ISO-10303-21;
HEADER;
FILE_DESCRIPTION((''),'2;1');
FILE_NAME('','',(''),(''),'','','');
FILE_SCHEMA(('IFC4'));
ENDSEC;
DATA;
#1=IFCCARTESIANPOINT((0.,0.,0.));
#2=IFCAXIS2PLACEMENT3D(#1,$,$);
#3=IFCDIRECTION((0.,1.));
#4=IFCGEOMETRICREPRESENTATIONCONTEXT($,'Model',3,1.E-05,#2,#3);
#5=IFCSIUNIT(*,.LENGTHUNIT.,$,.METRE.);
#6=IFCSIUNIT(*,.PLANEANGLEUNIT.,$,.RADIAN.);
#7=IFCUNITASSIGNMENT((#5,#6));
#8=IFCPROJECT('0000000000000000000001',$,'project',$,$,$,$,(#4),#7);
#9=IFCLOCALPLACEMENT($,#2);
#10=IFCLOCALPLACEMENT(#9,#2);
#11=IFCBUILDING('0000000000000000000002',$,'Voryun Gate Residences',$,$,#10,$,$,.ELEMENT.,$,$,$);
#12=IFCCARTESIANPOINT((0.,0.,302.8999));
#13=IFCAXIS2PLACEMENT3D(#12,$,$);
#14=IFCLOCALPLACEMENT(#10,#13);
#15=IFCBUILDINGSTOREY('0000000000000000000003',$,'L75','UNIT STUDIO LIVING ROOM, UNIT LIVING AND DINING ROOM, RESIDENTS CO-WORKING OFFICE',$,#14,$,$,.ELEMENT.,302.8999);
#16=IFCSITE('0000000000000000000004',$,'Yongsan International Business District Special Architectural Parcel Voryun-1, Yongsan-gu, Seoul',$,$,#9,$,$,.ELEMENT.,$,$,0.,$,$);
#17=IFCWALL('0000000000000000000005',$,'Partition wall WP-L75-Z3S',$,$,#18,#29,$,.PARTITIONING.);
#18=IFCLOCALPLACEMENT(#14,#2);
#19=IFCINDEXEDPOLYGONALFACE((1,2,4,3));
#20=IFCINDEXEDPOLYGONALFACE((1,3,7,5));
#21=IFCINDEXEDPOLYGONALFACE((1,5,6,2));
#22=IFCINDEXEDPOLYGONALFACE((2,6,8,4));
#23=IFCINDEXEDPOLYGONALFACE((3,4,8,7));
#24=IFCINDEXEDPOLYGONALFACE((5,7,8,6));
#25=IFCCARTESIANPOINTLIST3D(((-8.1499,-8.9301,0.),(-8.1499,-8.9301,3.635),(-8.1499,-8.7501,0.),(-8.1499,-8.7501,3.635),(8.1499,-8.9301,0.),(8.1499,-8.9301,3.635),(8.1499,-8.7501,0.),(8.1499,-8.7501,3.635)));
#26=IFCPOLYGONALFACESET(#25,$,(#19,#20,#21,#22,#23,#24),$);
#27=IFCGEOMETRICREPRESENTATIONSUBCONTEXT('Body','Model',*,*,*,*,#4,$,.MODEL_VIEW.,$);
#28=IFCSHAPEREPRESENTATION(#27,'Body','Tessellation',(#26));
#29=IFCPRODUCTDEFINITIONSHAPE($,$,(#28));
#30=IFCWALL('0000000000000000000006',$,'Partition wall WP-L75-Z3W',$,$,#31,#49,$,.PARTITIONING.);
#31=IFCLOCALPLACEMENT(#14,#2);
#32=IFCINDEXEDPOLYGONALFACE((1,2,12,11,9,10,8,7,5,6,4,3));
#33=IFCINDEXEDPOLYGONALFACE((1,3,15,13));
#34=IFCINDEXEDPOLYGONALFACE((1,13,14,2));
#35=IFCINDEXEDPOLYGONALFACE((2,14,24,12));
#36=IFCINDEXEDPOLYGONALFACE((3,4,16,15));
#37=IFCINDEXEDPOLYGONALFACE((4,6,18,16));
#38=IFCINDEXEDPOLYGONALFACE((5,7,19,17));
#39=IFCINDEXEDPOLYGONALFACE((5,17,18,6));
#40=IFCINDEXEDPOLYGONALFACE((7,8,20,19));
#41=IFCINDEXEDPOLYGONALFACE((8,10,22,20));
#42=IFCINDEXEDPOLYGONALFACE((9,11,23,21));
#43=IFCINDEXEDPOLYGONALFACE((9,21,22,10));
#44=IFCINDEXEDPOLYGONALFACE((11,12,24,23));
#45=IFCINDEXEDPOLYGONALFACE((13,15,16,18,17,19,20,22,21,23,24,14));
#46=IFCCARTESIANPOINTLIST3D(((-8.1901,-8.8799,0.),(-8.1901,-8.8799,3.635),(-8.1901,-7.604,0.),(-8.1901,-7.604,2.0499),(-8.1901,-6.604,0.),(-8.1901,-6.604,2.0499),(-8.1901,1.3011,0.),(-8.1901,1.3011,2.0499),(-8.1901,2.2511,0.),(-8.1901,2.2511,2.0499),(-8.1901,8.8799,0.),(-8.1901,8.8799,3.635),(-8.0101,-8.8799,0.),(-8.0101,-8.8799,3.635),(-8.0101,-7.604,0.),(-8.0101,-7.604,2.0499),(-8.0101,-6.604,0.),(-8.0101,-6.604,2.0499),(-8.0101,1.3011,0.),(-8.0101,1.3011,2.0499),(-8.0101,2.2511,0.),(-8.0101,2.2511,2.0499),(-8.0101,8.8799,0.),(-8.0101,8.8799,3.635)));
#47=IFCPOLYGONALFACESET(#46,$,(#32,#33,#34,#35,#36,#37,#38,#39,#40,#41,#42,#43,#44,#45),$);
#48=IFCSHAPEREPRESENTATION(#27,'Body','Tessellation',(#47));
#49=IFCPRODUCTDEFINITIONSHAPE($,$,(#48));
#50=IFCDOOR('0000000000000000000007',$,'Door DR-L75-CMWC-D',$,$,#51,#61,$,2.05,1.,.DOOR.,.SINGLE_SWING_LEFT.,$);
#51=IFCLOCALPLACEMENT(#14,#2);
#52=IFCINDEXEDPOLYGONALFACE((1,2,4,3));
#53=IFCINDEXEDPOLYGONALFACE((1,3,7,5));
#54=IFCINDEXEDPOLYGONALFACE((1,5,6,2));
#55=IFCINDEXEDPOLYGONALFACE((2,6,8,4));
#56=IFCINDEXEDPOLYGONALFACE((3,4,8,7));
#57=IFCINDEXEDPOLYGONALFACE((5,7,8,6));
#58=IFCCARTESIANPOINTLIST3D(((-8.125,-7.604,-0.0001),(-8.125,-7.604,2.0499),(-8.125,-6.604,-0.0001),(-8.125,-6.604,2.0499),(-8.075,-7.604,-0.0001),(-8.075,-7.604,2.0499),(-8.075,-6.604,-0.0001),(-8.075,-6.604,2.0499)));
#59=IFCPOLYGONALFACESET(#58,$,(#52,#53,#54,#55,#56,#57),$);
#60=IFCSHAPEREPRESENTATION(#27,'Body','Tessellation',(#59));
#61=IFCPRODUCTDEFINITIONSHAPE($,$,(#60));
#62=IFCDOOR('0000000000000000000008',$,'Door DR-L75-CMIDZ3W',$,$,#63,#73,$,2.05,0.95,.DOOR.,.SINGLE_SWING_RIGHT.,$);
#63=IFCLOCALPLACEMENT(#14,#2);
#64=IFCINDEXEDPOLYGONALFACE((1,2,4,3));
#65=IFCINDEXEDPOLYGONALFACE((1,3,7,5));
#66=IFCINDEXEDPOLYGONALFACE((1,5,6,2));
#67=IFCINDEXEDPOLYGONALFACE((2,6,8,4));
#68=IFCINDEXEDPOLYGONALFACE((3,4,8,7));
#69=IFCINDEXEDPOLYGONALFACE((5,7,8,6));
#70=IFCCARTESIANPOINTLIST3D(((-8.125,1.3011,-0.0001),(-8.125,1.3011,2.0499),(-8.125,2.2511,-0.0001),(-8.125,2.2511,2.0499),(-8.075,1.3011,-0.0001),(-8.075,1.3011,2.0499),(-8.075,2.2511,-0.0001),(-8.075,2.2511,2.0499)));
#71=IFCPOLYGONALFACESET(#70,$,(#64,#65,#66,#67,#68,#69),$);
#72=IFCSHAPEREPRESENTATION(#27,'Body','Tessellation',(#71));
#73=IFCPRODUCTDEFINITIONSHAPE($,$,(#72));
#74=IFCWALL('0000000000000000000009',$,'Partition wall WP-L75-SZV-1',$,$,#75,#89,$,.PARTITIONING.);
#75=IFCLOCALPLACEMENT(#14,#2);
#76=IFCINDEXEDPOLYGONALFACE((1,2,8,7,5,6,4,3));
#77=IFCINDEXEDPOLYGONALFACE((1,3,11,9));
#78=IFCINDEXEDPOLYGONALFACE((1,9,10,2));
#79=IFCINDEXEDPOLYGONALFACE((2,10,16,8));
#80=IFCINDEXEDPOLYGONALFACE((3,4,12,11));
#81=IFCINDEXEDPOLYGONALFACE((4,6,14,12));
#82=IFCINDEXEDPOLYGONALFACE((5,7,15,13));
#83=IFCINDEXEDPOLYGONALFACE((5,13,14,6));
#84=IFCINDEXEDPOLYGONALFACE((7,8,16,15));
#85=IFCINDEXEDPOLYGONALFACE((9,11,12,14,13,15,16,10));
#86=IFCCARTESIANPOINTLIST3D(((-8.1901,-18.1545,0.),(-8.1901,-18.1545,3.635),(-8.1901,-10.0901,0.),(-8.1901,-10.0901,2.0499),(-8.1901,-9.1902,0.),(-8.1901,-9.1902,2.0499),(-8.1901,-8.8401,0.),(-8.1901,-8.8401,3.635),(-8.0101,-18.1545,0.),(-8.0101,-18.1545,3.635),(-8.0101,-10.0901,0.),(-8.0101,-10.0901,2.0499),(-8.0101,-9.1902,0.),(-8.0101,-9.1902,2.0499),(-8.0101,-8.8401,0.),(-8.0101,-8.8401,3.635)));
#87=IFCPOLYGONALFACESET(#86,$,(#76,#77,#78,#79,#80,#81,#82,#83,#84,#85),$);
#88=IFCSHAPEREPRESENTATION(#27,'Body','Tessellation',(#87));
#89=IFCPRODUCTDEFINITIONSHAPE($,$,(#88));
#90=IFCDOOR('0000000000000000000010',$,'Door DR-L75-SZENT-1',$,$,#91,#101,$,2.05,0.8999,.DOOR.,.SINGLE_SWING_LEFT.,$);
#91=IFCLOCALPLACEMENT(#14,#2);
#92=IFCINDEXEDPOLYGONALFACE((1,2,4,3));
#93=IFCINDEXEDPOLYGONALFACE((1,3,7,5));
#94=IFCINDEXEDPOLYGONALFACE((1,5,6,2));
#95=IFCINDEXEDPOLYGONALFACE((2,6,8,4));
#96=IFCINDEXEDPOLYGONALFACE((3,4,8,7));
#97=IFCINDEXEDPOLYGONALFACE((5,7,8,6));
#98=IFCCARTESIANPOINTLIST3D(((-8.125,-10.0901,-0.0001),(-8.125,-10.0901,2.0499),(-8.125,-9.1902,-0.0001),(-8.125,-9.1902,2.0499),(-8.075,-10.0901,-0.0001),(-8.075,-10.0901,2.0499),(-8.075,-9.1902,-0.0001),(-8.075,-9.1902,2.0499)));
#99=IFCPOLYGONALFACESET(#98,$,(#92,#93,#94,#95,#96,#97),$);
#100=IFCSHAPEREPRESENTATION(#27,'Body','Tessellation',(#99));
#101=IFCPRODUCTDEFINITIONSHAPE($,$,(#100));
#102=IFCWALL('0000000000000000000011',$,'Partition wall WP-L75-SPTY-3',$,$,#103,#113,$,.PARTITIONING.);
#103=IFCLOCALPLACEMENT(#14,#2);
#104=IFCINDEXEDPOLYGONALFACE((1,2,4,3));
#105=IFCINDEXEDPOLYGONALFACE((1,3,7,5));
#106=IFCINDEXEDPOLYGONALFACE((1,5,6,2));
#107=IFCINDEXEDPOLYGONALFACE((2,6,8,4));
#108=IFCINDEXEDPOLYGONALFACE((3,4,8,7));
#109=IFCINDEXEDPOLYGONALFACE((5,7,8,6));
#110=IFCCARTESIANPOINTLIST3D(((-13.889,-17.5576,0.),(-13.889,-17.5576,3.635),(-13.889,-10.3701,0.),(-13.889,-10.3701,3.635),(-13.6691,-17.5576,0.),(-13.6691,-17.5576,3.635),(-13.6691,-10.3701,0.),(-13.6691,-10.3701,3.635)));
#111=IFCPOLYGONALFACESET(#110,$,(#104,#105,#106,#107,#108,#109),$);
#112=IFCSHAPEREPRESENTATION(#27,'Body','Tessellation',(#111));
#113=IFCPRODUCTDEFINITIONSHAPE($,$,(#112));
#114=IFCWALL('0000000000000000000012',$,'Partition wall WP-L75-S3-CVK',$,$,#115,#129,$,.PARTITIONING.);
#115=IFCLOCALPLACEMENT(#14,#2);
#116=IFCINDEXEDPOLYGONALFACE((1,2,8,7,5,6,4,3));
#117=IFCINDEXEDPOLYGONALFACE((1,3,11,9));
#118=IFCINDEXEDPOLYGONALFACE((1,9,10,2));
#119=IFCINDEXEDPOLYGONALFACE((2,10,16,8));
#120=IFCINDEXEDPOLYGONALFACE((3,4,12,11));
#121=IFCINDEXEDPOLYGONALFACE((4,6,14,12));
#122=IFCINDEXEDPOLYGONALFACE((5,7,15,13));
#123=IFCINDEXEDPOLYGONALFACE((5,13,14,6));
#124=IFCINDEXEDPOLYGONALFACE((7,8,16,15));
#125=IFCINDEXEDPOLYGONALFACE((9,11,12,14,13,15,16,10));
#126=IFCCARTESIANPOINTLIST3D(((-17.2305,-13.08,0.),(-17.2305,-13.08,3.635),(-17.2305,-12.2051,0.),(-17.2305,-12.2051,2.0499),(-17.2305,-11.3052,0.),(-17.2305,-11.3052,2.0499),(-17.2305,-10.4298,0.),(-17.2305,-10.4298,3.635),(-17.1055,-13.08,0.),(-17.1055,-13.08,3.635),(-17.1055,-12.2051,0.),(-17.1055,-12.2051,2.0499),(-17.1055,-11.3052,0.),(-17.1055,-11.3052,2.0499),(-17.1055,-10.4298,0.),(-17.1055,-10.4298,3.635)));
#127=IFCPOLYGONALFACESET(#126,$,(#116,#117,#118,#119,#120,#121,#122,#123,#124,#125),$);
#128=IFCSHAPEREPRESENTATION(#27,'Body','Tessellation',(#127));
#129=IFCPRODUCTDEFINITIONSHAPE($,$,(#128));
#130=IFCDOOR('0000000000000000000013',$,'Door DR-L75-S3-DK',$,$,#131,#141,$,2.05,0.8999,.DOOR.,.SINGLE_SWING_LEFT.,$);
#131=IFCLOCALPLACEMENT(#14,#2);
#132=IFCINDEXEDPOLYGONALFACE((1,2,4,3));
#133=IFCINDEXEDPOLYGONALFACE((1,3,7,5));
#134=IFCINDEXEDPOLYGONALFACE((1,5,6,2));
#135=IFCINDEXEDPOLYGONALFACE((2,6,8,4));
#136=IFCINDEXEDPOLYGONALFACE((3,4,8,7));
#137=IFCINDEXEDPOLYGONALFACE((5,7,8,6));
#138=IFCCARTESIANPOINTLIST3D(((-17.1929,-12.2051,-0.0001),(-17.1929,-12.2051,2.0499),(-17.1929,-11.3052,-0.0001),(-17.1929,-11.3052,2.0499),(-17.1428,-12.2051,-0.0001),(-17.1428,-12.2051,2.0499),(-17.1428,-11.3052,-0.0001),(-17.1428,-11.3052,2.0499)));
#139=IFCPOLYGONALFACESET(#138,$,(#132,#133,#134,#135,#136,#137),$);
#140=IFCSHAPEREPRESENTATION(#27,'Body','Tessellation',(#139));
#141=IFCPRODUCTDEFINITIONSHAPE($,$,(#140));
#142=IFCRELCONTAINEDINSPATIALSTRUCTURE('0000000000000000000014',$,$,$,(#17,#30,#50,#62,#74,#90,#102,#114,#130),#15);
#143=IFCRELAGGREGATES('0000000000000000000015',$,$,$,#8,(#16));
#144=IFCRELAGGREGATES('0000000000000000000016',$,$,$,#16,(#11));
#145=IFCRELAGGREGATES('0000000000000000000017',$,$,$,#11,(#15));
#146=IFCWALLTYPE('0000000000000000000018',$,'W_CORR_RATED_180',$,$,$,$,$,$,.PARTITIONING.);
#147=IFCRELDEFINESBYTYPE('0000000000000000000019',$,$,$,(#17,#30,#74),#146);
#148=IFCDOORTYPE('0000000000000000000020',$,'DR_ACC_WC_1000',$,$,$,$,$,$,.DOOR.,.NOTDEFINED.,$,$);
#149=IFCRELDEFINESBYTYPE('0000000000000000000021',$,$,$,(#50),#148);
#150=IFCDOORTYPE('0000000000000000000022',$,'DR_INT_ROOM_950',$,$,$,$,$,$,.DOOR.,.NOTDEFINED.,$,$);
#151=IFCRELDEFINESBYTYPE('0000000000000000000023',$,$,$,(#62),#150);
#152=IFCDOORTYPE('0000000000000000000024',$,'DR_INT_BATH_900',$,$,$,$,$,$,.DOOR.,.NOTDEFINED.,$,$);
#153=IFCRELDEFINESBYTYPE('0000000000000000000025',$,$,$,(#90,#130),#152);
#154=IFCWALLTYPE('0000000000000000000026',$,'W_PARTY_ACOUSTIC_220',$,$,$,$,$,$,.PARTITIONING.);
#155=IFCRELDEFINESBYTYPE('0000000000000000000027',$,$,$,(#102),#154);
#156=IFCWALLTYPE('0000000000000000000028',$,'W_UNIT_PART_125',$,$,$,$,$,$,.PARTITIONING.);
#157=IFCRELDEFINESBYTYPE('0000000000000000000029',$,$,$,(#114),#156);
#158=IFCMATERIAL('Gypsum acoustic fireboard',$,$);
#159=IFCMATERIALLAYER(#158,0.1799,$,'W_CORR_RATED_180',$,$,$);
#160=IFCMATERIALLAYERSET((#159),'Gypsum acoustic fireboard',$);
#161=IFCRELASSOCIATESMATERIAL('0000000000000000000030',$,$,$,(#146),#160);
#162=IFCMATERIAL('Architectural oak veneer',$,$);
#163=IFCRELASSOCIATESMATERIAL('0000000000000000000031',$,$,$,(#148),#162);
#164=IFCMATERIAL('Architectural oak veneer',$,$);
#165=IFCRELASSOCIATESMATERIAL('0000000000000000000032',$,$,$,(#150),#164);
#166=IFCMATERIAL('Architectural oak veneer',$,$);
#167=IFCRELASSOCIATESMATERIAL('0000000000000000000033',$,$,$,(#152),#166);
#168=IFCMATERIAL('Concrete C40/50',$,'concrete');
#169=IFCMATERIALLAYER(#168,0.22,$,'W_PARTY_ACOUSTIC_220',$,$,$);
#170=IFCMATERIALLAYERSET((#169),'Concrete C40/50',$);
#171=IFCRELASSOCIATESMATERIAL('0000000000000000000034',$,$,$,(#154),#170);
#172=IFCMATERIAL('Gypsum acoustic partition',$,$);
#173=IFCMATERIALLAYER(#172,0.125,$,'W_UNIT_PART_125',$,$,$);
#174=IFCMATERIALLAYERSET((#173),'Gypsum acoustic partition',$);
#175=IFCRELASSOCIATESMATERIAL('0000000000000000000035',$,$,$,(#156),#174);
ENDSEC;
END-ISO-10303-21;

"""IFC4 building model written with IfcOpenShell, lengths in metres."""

from ifc_helpers import new_model, si_unit, direction, frame, frame_2d, origin, place, context, subcontext, project, spatial, rectangle, extrude, material, layer, layer_set, type_object, element, fill, save


model = new_model("IFC4")

# Units and contexts
model_context = context("Model", 3, precision=1e-05, world=origin(), true_north=direction((0.0, 1.0)))
body_context = subcontext(model_context, "Body", "Model", "MODEL_VIEW")
ifc_project = project(units=[si_unit("LENGTHUNIT", "METRE"), si_unit("PLANEANGLEUNIT", "RADIAN")], contexts=[model_context])

# Site, building, storey
site_placement = place(None, origin())
site = spatial("IfcSite", under=ifc_project, at=site_placement, Name="Yongsan International Business District Special Architectural Parcel Voryun-1, Yongsan-gu, Seoul", CompositionType="ELEMENT", RefElevation=0.0)
building_placement = place(site_placement, origin())
building = spatial("IfcBuilding", under=site, at=building_placement, Name="Voryun Gate Residences", CompositionType="ELEMENT")
storey_placement = place(building_placement, frame((0.0, 0.0, 302.8999)))
storey = spatial("IfcBuildingStorey", under=building, at=storey_placement, Name="L75", Description="UNIT STUDIO LIVING ROOM, UNIT LIVING AND DINING ROOM, RESIDENTS CO-WORKING OFFICE", CompositionType="ELEMENT", Elevation=302.8999)

# Shared definitions
ifc_material_1 = material(Name="Gypsum acoustic fireboard")
ifc_layer_1 = layer(ifc_material_1, 0.1799, Name="W_CORR_RATED_180")
ifc_layer_set_1 = layer_set([ifc_layer_1], Name="Gypsum acoustic fireboard")
wall_type_1 = type_object("IfcWallType", Name="W_CORR_RATED_180", PredefinedType="PARTITIONING", material=ifc_layer_set_1)

# Wall
wall_1_placement = place(storey_placement, frame((-8.1499, -8.8401, 0.0), z_axis=(0.0, 0.0, 1.0), x_axis=(1.0, 0.0, 0.0)))
element("IfcWall", 1, at=wall_1_placement, inside=storey, type_object=wall_type_1, Name="Partition wall WP-L75-Z3S", PredefinedType="PARTITIONING", context=body_context, shape_type="SweptSolid", body=[
    extrude(rectangle(XDim=16.2998, YDim=0.1799, at=frame_2d((8.1499, 0.0))), origin(), (0.0, 0.0, 1.0), 3.635),
])

# Wall, openings, doors
wall_2_placement = place(storey_placement, frame((-8.1001, -8.8799, 0.0), z_axis=(0.0, 0.0, 1.0), x_axis=(0.0, 1.0, 0.0)))
wall_2 = element("IfcWall", 2, at=wall_2_placement, inside=storey, type_object=wall_type_1, Name="Partition wall WP-L75-Z3W", PredefinedType="PARTITIONING", context=body_context, shape_type="SweptSolid", body=[
    extrude(rectangle(XDim=17.7598, YDim=0.1799, at=frame_2d((8.8799, 0.0))), origin(), (0.0, 0.0, 1.0), 3.635),
])
opening_1_placement = place(wall_2_placement, frame((1.2759, 0.0, 0.0)))
opening_1 = element("IfcOpeningElement", 3, at=opening_1_placement, cuts=wall_2, PredefinedType="OPENING", context=body_context, shape_type="SweptSolid", body=[
    extrude(rectangle(XDim=1.0, YDim=2.05, at=frame_2d((0.5, 1.0249))), frame((0.0, 0.0999, 0.0), z_axis=(0.0, -1.0, 0.0), x_axis=(1.0, 0.0, 0.0)), (0.0, 0.0, 1.0), 0.2),
])
opening_2_placement = place(wall_2_placement, frame((10.1809, 0.0, 0.0)))
opening_2 = element("IfcOpeningElement", 4, at=opening_2_placement, cuts=wall_2, PredefinedType="OPENING", context=body_context, shape_type="SweptSolid", body=[
    extrude(rectangle(XDim=0.95, YDim=2.05, at=frame_2d((0.4751, 1.0249))), frame((0.0, 0.0999, 0.0), z_axis=(0.0, -1.0, 0.0), x_axis=(1.0, 0.0, 0.0)), (0.0, 0.0, 1.0), 0.2),
])
ifc_material_2 = material(Name="Architectural oak veneer")
door_type_1 = type_object("IfcDoorType", Name="DR_ACC_WC_1000", OperationType="NOTDEFINED", PredefinedType="DOOR", material=ifc_material_2)
door_1_placement = place(opening_1_placement, origin())
door_1 = element("IfcDoor", 5, at=door_1_placement, inside=storey, type_object=door_type_1, Name="Door DR-L75-CMWC-D", OperationType="SINGLE_SWING_LEFT", OverallHeight=2.05, OverallWidth=1.0, PredefinedType="DOOR", context=body_context, shape_type="SweptSolid", body=[
    extrude(rectangle(XDim=1.0, YDim=2.05, at=frame_2d((0.5, 1.0249))), frame((0.0, 0.0249, 0.0), z_axis=(0.0, -1.0, 0.0), x_axis=(1.0, 0.0, 0.0)), (0.0, 0.0, 1.0), 0.05),
])
fill(opening_1, door_1)
ifc_material_3 = material(Name="Architectural oak veneer")
door_type_2 = type_object("IfcDoorType", Name="DR_INT_ROOM_950", OperationType="NOTDEFINED", PredefinedType="DOOR", material=ifc_material_3)
door_2_placement = place(opening_2_placement, origin())
door_2 = element("IfcDoor", 6, at=door_2_placement, inside=storey, type_object=door_type_2, Name="Door DR-L75-CMIDZ3W", OperationType="SINGLE_SWING_RIGHT", OverallHeight=2.05, OverallWidth=0.95, PredefinedType="DOOR", context=body_context, shape_type="SweptSolid", body=[
    extrude(rectangle(XDim=0.95, YDim=2.05, at=frame_2d((0.4751, 1.0249))), frame((0.0, 0.0249, 0.0), z_axis=(0.0, -1.0, 0.0), x_axis=(1.0, 0.0, 0.0)), (0.0, 0.0, 1.0), 0.05),
])
fill(opening_2, door_2)

# Wall, opening, door
wall_3_placement = place(storey_placement, frame((-8.1001, -18.1545, 0.0), z_axis=(0.0, 0.0, 1.0), x_axis=(0.0, 1.0, 0.0)))
wall_3 = element("IfcWall", 7, at=wall_3_placement, inside=storey, type_object=wall_type_1, Name="Partition wall WP-L75-SZV-1", PredefinedType="PARTITIONING", context=body_context, shape_type="SweptSolid", body=[
    extrude(rectangle(XDim=9.3145, YDim=0.1799, at=frame_2d((4.6572, 0.0))), origin(), (0.0, 0.0, 1.0), 3.635),
])
opening_3_placement = place(wall_3_placement, frame((8.0645, 0.0, 0.0)))
opening_3 = element("IfcOpeningElement", 8, at=opening_3_placement, cuts=wall_3, PredefinedType="OPENING", context=body_context, shape_type="SweptSolid", body=[
    extrude(rectangle(XDim=0.8999, YDim=2.05, at=frame_2d((0.45, 1.0249))), frame((0.0, 0.0999, 0.0), z_axis=(0.0, -1.0, 0.0), x_axis=(1.0, 0.0, 0.0)), (0.0, 0.0, 1.0), 0.2),
])
ifc_material_4 = material(Name="Architectural oak veneer")
door_type_3 = type_object("IfcDoorType", Name="DR_INT_BATH_900", OperationType="NOTDEFINED", PredefinedType="DOOR", material=ifc_material_4)
door_3_placement = place(opening_3_placement, origin())
door_3 = element("IfcDoor", 9, at=door_3_placement, inside=storey, type_object=door_type_3, Name="Door DR-L75-SZENT-1", OperationType="SINGLE_SWING_LEFT", OverallHeight=2.05, OverallWidth=0.8999, PredefinedType="DOOR", context=body_context, shape_type="SweptSolid", body=[
    extrude(rectangle(XDim=0.8999, YDim=2.05, at=frame_2d((0.45, 1.0249))), frame((0.0, 0.0249, 0.0), z_axis=(0.0, -1.0, 0.0), x_axis=(1.0, 0.0, 0.0)), (0.0, 0.0, 1.0), 0.05),
])
fill(opening_3, door_3)

# Wall
ifc_material_5 = material(Name="Concrete C40/50", Category="concrete")
ifc_layer_2 = layer(ifc_material_5, 0.22, Name="W_PARTY_ACOUSTIC_220")
ifc_layer_set_2 = layer_set([ifc_layer_2], Name="Concrete C40/50")
wall_type_2 = type_object("IfcWallType", Name="W_PARTY_ACOUSTIC_220", PredefinedType="PARTITIONING", material=ifc_layer_set_2)
wall_4_placement = place(storey_placement, frame((-13.7791, -17.5576, 0.0), z_axis=(0.0, 0.0, 1.0), x_axis=(0.0, 1.0, 0.0)))
element("IfcWall", 10, at=wall_4_placement, inside=storey, type_object=wall_type_2, Name="Partition wall WP-L75-SPTY-3", PredefinedType="PARTITIONING", context=body_context, shape_type="SweptSolid", body=[
    extrude(rectangle(XDim=7.1875, YDim=0.22, at=frame_2d((3.5938, 0.0))), origin(), (0.0, 0.0, 1.0), 3.635),
])

# Wall, opening, door
ifc_material_6 = material(Name="Gypsum acoustic partition")
ifc_layer_3 = layer(ifc_material_6, 0.125, Name="W_UNIT_PART_125")
ifc_layer_set_3 = layer_set([ifc_layer_3], Name="Gypsum acoustic partition")
wall_type_3 = type_object("IfcWallType", Name="W_UNIT_PART_125", PredefinedType="PARTITIONING", material=ifc_layer_set_3)
wall_5_placement = place(storey_placement, frame((-17.168, -13.0801, 0.0), z_axis=(0.0, 0.0, 1.0), x_axis=(0.0, 1.0, 0.0)))
wall_5 = element("IfcWall", 11, at=wall_5_placement, inside=storey, type_object=wall_type_3, Name="Partition wall WP-L75-S3-CVK", PredefinedType="PARTITIONING", context=body_context, shape_type="SweptSolid", body=[
    extrude(rectangle(XDim=2.6501, YDim=0.125, at=frame_2d((1.3252, 0.0))), origin(), (0.0, 0.0, 1.0), 3.635),
])
opening_4_placement = place(wall_5_placement, frame((0.875, 0.0, 0.0)))
opening_4 = element("IfcOpeningElement", 12, at=opening_4_placement, cuts=wall_5, PredefinedType="OPENING", context=body_context, shape_type="SweptSolid", body=[
    extrude(rectangle(XDim=0.8999, YDim=2.05, at=frame_2d((0.45, 1.0249))), frame((0.0, 0.0725, 0.0), z_axis=(0.0, -1.0, 0.0), x_axis=(1.0, 0.0, 0.0)), (0.0, 0.0, 1.0), 0.145),
])
door_4_placement = place(opening_4_placement, origin())
door_4 = element("IfcDoor", 13, at=door_4_placement, inside=storey, type_object=door_type_3, Name="Door DR-L75-S3-DK", OperationType="SINGLE_SWING_LEFT", OverallHeight=2.05, OverallWidth=0.8999, PredefinedType="DOOR", context=body_context, shape_type="SweptSolid", body=[
    extrude(rectangle(XDim=0.8999, YDim=2.05, at=frame_2d((0.45, 1.0249))), frame((0.0, 0.0249, 0.0), z_axis=(0.0, -1.0, 0.0), x_axis=(1.0, 0.0, 0.0)), (0.0, 0.0, 1.0), 0.05),
])
fill(opening_4, door_4)

save(model, "model.ifc")
